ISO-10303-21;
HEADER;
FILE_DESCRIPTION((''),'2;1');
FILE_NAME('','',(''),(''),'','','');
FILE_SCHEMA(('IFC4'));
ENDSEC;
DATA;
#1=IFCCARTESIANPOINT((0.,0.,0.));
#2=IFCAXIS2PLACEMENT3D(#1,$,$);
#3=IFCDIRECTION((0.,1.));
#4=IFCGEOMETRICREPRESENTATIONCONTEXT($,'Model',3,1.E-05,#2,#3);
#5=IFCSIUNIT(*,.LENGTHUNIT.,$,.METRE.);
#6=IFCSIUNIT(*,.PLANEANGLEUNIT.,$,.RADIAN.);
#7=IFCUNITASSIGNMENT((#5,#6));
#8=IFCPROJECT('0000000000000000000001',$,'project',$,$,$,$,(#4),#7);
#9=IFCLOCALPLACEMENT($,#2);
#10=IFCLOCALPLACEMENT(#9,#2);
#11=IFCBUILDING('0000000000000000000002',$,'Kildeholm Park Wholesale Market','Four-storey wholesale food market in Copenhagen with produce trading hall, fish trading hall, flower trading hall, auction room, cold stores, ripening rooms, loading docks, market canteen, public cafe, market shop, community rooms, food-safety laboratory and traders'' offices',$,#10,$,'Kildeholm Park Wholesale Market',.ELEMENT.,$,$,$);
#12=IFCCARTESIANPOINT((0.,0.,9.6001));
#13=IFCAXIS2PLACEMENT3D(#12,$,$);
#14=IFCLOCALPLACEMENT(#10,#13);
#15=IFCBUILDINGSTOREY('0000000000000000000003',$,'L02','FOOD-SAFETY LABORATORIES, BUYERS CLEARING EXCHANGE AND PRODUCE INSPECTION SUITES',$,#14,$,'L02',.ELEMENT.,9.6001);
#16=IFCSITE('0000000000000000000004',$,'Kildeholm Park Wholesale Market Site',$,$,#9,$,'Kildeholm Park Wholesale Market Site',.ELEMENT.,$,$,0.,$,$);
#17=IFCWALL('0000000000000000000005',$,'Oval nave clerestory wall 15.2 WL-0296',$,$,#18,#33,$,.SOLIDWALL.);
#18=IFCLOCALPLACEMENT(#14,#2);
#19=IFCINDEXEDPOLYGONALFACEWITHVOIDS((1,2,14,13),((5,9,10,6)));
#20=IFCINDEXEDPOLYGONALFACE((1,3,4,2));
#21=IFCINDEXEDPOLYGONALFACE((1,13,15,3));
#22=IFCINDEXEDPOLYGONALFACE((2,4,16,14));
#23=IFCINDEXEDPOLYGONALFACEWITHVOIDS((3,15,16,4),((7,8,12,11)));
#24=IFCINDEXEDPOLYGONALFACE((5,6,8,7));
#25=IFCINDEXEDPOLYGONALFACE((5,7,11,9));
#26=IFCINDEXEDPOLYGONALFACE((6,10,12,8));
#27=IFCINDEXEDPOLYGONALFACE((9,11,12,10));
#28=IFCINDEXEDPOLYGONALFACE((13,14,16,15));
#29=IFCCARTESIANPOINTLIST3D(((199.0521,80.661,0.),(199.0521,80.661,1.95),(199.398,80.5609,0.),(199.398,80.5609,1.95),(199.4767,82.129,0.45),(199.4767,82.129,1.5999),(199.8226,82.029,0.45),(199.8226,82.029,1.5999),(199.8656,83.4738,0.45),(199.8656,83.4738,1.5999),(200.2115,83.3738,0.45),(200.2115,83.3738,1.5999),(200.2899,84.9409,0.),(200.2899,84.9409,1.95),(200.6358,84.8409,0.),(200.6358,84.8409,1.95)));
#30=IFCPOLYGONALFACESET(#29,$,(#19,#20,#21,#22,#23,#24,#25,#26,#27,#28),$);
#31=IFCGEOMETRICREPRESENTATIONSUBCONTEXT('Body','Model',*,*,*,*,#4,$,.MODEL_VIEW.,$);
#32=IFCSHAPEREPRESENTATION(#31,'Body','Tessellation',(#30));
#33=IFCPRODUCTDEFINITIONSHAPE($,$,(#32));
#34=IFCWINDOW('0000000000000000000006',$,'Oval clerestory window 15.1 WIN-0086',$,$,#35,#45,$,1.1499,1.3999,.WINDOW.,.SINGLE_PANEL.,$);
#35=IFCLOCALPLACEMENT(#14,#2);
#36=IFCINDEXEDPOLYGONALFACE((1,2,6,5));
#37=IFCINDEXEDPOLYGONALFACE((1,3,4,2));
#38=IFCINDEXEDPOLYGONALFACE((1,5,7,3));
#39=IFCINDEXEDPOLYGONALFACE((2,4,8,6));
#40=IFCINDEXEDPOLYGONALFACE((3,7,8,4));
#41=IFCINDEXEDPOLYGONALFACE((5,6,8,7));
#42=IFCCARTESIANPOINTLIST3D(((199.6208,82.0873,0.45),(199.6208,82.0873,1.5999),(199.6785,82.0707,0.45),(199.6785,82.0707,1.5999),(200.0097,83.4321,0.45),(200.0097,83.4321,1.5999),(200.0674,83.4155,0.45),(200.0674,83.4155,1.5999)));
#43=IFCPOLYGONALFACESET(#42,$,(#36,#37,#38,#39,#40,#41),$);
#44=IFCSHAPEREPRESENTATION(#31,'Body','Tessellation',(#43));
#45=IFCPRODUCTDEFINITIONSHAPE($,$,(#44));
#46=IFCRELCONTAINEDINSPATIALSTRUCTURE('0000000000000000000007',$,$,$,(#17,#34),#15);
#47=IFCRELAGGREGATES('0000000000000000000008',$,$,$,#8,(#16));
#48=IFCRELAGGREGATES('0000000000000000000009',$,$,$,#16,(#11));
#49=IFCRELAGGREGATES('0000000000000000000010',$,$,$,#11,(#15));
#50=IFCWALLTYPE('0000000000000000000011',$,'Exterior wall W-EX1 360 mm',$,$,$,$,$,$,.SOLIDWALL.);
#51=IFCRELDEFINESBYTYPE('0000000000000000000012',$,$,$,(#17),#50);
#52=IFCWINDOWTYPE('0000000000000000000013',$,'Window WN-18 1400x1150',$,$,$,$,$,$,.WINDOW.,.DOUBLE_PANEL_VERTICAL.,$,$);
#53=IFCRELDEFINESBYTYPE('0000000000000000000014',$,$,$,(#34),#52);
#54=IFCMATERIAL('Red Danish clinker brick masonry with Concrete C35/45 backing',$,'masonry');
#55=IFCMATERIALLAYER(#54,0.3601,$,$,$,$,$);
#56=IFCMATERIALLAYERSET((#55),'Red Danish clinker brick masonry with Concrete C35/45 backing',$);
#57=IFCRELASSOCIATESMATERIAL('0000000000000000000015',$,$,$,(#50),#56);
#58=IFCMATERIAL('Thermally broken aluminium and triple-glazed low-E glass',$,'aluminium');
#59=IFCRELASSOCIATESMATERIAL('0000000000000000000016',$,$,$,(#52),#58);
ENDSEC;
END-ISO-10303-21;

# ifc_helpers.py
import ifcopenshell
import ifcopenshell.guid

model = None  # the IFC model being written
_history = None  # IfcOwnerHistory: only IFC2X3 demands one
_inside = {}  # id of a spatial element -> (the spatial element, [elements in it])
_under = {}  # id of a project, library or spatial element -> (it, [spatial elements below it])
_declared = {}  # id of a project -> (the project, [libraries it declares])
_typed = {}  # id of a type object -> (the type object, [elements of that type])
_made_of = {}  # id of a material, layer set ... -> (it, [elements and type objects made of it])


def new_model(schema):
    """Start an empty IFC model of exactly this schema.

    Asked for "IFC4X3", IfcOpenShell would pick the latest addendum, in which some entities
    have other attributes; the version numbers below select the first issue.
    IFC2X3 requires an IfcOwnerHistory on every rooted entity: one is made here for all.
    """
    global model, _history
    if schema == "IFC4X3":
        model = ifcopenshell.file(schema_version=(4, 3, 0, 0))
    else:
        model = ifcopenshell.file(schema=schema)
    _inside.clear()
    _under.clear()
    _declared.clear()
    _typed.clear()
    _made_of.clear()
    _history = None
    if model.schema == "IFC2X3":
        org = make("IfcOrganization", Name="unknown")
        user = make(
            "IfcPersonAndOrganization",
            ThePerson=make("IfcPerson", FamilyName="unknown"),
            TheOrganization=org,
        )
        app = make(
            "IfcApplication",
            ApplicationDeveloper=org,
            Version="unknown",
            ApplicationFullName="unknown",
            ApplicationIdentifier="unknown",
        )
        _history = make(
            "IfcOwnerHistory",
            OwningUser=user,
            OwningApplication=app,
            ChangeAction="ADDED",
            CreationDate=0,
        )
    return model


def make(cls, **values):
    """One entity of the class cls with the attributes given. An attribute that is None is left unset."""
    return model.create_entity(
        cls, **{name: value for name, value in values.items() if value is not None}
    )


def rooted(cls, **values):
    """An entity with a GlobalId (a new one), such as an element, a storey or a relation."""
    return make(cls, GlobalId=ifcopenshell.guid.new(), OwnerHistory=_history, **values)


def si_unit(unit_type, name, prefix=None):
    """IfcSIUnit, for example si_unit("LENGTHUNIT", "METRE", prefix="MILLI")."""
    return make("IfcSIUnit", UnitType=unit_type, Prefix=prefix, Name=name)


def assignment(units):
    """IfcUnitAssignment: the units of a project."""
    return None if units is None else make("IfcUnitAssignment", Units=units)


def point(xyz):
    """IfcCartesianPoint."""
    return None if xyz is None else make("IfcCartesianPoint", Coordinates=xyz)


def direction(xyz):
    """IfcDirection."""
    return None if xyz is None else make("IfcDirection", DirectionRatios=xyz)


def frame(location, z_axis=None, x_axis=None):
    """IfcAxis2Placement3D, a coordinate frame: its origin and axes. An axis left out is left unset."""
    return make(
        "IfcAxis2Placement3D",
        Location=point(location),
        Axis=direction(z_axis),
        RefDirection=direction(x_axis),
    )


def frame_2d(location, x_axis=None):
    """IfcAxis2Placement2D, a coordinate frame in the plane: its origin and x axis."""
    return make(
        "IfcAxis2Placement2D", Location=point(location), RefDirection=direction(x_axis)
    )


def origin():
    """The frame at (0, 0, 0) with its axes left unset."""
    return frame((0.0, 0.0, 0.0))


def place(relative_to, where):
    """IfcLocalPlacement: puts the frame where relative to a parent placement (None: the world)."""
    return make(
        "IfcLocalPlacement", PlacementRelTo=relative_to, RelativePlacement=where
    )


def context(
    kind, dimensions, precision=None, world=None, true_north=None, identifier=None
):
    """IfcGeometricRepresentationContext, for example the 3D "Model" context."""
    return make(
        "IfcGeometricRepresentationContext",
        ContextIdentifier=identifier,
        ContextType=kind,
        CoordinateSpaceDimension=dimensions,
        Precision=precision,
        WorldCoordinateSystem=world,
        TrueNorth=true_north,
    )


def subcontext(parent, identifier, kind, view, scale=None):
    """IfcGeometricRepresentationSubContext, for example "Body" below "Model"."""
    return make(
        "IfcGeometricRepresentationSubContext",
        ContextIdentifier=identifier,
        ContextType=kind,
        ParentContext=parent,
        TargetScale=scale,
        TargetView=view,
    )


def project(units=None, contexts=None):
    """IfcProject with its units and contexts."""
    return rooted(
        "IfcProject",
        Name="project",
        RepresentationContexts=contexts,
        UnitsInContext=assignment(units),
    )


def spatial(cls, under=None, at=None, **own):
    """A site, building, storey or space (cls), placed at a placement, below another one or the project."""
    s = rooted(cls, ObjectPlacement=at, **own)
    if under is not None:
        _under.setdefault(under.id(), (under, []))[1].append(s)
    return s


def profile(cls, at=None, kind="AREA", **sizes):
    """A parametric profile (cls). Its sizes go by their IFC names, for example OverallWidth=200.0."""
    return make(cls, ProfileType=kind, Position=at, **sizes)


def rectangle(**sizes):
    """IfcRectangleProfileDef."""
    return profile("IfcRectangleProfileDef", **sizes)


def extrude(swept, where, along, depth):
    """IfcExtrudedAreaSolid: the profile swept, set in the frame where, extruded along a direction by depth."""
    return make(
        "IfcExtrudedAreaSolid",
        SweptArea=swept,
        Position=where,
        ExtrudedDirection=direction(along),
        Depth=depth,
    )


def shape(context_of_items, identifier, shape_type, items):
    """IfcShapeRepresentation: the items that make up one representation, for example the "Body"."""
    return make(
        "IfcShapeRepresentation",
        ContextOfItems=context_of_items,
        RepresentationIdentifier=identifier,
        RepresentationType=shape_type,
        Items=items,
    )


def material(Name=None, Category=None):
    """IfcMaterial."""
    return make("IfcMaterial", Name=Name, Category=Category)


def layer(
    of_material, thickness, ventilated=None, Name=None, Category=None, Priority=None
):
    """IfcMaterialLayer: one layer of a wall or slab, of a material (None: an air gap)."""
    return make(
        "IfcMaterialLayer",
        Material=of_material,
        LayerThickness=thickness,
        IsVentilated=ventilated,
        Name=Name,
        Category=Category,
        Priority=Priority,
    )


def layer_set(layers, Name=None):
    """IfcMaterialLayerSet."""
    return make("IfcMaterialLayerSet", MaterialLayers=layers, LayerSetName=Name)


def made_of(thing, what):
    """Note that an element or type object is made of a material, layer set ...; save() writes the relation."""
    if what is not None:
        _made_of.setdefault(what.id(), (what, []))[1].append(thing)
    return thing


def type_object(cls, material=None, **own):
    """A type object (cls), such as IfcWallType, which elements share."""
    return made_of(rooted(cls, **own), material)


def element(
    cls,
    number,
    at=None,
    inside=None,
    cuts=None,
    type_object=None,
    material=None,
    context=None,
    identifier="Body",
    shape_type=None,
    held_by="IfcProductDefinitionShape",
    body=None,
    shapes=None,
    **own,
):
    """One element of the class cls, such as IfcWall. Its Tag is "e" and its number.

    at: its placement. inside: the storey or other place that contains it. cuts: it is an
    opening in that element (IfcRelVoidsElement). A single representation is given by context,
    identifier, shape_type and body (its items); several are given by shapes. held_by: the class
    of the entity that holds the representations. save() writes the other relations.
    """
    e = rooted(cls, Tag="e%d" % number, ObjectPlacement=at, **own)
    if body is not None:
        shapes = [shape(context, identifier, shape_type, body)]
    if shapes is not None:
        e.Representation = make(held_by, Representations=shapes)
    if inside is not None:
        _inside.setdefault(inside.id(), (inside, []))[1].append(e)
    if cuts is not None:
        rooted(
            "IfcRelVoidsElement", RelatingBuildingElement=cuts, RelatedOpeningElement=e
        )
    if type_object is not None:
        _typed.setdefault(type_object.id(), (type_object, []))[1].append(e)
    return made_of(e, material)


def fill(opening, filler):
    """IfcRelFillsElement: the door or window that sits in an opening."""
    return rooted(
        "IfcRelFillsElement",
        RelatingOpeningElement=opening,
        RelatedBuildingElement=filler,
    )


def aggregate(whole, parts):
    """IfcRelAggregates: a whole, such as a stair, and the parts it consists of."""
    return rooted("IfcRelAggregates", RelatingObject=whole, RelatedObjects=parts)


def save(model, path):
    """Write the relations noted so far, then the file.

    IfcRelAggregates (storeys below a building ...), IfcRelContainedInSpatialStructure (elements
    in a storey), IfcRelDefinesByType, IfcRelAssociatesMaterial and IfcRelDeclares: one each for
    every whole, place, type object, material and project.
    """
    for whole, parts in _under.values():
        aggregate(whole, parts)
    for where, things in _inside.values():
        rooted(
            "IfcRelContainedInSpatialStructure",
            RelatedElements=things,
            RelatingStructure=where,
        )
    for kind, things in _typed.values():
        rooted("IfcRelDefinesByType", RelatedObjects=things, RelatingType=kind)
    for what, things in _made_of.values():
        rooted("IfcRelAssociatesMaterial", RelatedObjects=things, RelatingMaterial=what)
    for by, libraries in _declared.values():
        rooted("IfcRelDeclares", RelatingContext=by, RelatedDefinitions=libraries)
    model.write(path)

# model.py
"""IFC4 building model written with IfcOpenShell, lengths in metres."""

from ifc_helpers import new_model, si_unit, direction, frame, frame_2d, origin, place, context, subcontext, project, spatial, rectangle, extrude, material, layer, layer_set, type_object, element, fill, save


model = new_model("IFC4")

# Units and contexts
model_context = context("Model", 3, precision=1e-05, world=origin(), true_north=direction((0.0, 1.0)))
body_context = subcontext(model_context, "Body", "Model", "MODEL_VIEW")
ifc_project = project(units=[si_unit("LENGTHUNIT", "METRE"), si_unit("PLANEANGLEUNIT", "RADIAN")], contexts=[model_context])

# Site, building, storey
site_placement = place(None, origin())
site = spatial("IfcSite", under=ifc_project, at=site_placement, Name="Kildeholm Park Wholesale Market Site", LongName="Kildeholm Park Wholesale Market Site", CompositionType="ELEMENT", RefElevation=0.0)
building_placement = place(site_placement, origin())
building = spatial("IfcBuilding", under=site, at=building_placement, Name="Kildeholm Park Wholesale Market", Description="Four-storey wholesale food market in Copenhagen with produce trading hall, fish trading hall, flower trading hall, auction room, cold stores, ripening rooms, loading docks, market canteen, public cafe, market shop, community rooms, food-safety laboratory and traders' offices", LongName="Kildeholm Park Wholesale Market", CompositionType="ELEMENT")
storey_placement = place(building_placement, frame((0.0, 0.0, 9.6001)))
storey = spatial("IfcBuildingStorey", under=building, at=storey_placement, Name="L02", Description="FOOD-SAFETY LABORATORIES, BUYERS CLEARING EXCHANGE AND PRODUCE INSPECTION SUITES", LongName="L02", CompositionType="ELEMENT", Elevation=9.6001)

# Shared definitions
ifc_material_1 = material(Name="Red Danish clinker brick masonry with Concrete C35/45 backing", Category="masonry")
ifc_layer_1 = layer(ifc_material_1, 0.3601)
ifc_layer_set_1 = layer_set([ifc_layer_1], Name="Red Danish clinker brick masonry with Concrete C35/45 backing")
wall_type = type_object("IfcWallType", Name="Exterior wall W-EX1 360 mm", PredefinedType="SOLIDWALL", material=ifc_layer_set_1)
ifc_material_2 = material(Name="Thermally broken aluminium and triple-glazed low-E glass", Category="aluminium")
window_type = type_object("IfcWindowType", Name="Window WN-18 1400x1150", PartitioningType="DOUBLE_PANEL_VERTICAL", PredefinedType="WINDOW", material=ifc_material_2)

# Wall, opening, window
wall_1_placement = place(storey_placement, frame((199.2251, 80.6111, 0.0), z_axis=(0.0, 0.0, 1.0), x_axis=(0.277817, 0.960634, 0.0)))
wall_1 = element("IfcWall", 1, at=wall_1_placement, inside=storey, type_object=wall_type, Name="Oval nave clerestory wall 15.2 WL-0296", PredefinedType="SOLIDWALL", context=body_context, shape_type="SweptSolid", body=[
    extrude(rectangle(XDim=4.4553, YDim=0.3601, at=frame_2d((2.2275, 0.0))), origin(), (0.0, 0.0, 1.0), 1.95),
])
opening_1_placement = place(wall_1_placement, frame((1.5281, 0.0, 0.45)))
opening_1 = element("IfcOpeningElement", 2, at=opening_1_placement, cuts=wall_1, PredefinedType="OPENING", context=body_context, shape_type="SweptSolid", body=[
    extrude(rectangle(XDim=1.3999, YDim=1.1499, at=frame_2d((0.7, 0.575))), frame((0.0, 0.1899, 0.0), z_axis=(0.0, -1.0, 0.0), x_axis=(1.0, 0.0, 0.0)), (0.0, 0.0, 1.0), 0.3801),
])
window_1_placement = place(opening_1_placement, origin())
window_1 = element("IfcWindow", 3, at=window_1_placement, inside=storey, type_object=window_type, Name="Oval clerestory window 15.1 WIN-0086", OverallHeight=1.1499, OverallWidth=1.3999, PartitioningType="SINGLE_PANEL", PredefinedType="WINDOW", context=body_context, shape_type="SweptSolid", body=[
    extrude(rectangle(XDim=1.3999, YDim=1.1499, at=frame_2d((0.7, 0.575))), frame((0.0, 0.03, 0.0), z_axis=(0.0, -1.0, 0.0), x_axis=(1.0, 0.0, 0.0)), (0.0, 0.0, 1.0), 0.0601),
])
fill(opening_1, window_1)

save(model, "model.ifc")
